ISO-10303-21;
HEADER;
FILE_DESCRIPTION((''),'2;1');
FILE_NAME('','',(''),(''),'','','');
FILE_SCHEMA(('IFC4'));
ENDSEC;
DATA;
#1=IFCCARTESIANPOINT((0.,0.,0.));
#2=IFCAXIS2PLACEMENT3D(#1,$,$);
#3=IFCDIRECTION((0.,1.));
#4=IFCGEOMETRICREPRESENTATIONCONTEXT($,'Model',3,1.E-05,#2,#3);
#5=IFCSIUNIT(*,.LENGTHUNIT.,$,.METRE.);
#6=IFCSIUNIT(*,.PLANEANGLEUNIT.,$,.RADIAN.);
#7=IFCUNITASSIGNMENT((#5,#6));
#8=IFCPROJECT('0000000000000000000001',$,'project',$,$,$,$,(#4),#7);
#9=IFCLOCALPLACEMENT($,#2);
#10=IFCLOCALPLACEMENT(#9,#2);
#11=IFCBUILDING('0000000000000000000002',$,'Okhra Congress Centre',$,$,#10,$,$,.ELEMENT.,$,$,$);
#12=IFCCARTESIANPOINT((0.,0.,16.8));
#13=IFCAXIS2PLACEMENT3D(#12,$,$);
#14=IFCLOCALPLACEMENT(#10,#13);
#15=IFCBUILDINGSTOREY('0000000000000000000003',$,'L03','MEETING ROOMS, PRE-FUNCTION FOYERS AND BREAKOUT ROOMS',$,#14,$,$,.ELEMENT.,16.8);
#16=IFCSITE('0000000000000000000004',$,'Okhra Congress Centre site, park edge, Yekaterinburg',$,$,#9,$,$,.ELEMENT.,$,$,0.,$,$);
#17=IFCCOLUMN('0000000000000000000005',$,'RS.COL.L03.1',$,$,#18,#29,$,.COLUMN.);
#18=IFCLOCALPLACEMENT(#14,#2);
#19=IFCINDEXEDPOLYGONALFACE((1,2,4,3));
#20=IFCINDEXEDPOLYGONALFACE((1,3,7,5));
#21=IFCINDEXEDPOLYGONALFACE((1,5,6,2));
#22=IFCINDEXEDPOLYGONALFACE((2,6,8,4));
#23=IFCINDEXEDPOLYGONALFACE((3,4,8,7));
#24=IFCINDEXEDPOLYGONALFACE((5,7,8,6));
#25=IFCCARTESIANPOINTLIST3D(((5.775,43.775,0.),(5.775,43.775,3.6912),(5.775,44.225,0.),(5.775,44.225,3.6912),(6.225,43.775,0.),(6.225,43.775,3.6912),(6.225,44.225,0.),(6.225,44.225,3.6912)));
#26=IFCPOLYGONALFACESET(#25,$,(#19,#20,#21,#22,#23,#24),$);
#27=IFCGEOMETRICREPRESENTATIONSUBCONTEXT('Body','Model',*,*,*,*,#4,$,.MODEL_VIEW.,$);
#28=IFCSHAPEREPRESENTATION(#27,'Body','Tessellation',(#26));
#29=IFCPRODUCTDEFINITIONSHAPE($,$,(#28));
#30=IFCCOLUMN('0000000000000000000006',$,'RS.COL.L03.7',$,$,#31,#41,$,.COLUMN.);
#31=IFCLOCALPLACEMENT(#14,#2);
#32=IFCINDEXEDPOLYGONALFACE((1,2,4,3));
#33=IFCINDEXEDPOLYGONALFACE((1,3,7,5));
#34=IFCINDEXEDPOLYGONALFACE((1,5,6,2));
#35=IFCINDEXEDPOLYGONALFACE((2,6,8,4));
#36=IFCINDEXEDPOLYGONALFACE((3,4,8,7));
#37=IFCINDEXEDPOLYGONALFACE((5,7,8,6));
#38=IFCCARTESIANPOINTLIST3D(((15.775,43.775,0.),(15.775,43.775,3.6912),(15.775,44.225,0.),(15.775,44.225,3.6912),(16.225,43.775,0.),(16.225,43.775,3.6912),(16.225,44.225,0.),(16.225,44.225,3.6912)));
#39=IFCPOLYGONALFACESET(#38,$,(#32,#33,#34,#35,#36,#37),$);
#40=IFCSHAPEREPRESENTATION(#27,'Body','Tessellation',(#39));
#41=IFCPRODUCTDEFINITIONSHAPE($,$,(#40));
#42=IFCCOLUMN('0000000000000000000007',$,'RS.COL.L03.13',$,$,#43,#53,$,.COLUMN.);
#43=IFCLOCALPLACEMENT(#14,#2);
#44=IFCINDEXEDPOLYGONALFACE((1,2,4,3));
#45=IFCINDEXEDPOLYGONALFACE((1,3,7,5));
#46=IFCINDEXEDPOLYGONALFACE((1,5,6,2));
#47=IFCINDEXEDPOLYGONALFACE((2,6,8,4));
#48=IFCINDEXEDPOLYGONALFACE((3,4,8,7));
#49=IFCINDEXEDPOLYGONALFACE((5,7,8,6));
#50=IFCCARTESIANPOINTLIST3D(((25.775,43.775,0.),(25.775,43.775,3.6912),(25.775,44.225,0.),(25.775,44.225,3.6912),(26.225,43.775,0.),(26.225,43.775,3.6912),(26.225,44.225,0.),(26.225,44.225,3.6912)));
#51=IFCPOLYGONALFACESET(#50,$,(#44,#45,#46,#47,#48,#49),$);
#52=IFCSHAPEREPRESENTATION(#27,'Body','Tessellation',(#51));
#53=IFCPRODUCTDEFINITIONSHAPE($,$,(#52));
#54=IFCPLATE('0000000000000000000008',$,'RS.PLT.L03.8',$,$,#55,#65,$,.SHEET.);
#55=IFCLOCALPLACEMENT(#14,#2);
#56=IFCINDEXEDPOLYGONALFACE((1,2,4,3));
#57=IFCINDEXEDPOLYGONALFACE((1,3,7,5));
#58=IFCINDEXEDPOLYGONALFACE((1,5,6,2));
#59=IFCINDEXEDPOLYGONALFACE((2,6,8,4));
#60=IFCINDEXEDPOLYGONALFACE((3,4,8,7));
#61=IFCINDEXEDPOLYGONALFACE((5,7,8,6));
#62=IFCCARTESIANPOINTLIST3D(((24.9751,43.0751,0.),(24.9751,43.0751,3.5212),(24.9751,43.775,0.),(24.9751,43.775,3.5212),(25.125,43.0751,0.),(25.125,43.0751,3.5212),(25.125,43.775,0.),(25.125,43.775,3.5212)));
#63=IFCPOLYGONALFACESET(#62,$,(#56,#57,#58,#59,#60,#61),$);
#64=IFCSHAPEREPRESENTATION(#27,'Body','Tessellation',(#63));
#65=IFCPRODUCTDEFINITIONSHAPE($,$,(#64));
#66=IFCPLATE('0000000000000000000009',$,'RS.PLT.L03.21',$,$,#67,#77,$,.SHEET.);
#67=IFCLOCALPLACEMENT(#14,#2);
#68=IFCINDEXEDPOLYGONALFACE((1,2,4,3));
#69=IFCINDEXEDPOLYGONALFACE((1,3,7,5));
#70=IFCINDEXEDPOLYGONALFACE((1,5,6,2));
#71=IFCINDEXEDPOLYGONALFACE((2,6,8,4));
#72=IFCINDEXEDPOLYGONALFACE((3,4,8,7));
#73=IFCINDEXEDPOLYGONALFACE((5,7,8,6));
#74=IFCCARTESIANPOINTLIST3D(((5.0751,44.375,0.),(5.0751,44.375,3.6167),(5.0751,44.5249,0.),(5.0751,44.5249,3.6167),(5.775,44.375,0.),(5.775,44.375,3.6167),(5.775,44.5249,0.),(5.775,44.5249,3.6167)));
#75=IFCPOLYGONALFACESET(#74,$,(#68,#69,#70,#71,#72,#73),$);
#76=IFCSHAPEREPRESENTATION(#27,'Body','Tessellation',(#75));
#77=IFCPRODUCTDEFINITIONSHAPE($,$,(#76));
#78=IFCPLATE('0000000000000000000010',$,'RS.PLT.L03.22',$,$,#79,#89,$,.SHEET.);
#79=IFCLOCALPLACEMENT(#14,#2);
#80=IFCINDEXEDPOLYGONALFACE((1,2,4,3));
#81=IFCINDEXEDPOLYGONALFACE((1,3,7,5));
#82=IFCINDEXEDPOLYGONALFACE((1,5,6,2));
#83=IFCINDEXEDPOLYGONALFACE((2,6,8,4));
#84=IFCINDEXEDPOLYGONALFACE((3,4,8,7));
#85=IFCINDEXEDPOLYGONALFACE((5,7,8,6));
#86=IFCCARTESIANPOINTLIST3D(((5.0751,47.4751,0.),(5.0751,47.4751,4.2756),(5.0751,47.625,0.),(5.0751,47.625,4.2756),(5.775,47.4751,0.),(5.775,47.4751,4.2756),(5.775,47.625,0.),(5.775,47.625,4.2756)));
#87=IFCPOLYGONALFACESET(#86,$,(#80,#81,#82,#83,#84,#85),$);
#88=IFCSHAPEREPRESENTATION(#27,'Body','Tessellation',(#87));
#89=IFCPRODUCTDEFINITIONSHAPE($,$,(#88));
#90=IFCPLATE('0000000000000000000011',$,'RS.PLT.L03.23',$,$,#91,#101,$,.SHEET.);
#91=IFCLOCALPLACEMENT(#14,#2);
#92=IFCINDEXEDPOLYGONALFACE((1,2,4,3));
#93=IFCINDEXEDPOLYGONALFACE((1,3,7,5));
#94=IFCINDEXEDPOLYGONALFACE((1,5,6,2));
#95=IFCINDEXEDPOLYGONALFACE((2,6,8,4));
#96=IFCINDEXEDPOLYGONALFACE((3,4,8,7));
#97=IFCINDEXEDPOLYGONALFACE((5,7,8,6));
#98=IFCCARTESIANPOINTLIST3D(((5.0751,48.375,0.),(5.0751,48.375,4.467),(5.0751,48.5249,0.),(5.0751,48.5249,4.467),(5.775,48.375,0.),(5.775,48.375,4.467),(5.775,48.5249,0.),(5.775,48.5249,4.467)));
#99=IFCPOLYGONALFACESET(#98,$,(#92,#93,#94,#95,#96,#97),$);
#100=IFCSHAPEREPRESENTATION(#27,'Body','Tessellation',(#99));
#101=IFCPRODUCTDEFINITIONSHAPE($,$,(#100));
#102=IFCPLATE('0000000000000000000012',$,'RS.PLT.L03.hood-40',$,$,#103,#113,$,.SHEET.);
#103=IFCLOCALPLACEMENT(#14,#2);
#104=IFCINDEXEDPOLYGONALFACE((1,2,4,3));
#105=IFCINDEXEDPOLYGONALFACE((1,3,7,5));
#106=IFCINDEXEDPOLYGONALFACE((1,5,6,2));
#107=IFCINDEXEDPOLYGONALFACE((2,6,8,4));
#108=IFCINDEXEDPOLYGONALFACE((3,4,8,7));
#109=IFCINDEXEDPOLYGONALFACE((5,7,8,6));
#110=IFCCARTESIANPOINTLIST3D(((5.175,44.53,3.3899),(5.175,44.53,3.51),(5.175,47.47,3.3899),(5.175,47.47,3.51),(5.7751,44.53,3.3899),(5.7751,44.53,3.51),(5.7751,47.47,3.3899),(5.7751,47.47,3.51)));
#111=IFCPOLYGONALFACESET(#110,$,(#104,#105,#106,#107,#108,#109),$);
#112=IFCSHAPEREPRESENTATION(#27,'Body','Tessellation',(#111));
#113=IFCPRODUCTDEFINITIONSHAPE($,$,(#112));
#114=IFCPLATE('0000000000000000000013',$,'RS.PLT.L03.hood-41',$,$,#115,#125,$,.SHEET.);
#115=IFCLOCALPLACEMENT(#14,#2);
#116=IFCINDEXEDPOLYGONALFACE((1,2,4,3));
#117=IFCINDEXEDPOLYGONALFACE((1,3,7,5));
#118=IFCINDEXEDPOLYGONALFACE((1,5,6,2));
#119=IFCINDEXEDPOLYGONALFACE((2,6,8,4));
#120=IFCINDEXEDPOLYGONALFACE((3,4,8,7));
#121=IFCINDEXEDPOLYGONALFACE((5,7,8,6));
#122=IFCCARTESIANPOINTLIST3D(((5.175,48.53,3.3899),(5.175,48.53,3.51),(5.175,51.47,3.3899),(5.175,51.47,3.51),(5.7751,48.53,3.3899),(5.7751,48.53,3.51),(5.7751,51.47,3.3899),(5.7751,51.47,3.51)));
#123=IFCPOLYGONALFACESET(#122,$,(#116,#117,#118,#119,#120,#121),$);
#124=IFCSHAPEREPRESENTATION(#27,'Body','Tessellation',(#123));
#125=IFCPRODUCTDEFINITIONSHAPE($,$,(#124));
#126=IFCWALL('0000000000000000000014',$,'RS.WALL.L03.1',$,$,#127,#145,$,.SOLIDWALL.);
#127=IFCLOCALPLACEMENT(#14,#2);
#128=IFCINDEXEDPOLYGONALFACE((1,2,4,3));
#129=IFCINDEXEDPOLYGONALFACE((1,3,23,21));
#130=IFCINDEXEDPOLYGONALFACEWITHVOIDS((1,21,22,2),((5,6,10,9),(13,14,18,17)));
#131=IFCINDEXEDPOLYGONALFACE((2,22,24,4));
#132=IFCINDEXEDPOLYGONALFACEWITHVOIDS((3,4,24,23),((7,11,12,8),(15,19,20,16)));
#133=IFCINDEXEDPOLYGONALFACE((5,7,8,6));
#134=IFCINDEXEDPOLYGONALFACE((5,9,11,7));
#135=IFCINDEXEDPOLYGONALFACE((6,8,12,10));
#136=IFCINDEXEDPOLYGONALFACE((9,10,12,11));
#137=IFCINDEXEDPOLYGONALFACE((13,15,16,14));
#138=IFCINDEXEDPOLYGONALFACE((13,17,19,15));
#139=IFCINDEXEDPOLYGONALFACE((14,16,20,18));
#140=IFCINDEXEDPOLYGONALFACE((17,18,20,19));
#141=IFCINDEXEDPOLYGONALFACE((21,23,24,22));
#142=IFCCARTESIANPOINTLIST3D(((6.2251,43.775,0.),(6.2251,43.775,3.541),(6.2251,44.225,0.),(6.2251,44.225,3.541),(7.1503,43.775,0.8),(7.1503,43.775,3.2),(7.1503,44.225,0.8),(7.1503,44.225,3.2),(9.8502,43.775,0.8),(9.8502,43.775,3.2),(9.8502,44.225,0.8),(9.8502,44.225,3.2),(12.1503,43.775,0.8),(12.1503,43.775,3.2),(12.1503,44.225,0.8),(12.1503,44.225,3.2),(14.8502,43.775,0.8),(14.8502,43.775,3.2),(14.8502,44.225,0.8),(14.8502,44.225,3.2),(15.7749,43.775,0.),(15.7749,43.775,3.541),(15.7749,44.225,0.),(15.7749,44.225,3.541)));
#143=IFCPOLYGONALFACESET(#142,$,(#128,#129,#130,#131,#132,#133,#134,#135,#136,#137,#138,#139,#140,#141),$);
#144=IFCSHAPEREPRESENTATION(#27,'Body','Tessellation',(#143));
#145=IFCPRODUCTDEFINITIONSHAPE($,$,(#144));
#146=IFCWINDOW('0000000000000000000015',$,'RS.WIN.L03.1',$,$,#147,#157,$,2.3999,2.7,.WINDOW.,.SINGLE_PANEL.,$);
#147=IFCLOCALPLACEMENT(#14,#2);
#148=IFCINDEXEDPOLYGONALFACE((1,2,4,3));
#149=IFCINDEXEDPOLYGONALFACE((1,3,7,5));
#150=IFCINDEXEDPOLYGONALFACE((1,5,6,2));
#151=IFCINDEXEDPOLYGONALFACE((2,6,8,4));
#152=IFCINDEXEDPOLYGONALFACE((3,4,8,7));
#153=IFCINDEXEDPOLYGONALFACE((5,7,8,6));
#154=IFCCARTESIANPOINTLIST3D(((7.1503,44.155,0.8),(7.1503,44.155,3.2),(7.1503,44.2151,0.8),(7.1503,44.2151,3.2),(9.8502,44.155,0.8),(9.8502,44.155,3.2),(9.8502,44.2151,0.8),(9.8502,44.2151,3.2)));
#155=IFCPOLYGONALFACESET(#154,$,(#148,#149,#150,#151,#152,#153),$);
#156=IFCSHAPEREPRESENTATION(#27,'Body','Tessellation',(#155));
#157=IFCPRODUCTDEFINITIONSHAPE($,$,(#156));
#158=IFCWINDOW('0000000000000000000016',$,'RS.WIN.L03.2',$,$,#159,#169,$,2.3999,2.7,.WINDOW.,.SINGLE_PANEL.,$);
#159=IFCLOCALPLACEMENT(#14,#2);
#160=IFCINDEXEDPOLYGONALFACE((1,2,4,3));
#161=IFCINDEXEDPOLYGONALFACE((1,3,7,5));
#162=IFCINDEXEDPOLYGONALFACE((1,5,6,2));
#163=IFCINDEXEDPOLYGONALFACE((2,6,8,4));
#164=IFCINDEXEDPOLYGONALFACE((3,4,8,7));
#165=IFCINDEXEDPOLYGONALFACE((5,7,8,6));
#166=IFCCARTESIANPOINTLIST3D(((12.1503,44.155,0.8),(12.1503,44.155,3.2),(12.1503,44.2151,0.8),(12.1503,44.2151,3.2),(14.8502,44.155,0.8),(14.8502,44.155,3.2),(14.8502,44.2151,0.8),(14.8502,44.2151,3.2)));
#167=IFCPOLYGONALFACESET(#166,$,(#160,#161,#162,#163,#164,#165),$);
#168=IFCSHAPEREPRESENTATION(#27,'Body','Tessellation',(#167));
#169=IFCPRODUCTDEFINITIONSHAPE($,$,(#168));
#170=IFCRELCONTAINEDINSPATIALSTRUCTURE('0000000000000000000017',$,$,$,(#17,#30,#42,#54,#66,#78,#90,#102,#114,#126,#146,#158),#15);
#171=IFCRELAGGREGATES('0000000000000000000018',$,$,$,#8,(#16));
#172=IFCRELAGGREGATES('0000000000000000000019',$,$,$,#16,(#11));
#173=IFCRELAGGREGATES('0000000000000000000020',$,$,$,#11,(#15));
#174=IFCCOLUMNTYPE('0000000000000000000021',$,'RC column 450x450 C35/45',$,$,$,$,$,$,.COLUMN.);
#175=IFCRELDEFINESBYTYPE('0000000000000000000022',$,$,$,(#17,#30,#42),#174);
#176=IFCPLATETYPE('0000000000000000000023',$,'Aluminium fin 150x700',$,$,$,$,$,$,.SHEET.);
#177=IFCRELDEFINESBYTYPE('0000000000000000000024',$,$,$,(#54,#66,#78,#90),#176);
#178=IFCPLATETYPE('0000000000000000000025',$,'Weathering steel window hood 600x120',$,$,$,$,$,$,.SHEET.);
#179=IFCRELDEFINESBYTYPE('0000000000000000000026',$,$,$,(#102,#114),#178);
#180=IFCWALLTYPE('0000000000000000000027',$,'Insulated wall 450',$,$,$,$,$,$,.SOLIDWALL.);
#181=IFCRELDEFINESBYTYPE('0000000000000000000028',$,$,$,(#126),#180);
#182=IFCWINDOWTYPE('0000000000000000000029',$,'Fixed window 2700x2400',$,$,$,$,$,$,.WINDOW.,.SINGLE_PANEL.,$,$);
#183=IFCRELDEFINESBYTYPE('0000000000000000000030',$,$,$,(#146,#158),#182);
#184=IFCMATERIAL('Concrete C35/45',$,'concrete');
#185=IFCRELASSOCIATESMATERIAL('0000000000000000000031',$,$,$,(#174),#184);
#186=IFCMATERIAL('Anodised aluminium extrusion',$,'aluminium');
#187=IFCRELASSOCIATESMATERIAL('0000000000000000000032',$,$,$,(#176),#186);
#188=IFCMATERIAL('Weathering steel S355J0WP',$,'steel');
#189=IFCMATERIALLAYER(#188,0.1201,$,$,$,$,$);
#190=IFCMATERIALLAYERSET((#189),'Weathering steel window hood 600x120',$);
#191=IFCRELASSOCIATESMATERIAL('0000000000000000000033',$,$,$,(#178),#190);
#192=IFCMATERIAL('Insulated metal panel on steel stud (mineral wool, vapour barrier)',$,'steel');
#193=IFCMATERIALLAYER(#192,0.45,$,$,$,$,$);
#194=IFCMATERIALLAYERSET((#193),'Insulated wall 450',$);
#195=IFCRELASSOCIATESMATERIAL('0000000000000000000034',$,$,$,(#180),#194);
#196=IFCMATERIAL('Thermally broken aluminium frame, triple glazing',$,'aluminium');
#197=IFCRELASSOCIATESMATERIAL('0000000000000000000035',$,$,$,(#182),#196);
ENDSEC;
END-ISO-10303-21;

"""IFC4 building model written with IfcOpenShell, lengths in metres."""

from ifc_helpers import new_model, si_unit, direction, frame, frame_2d, origin, origin_2d, place, context, subcontext, project, spatial, rectangle, extrude, material, layer, layer_set, material_profile, profile_set, type_object, element, fill, save


model = new_model("IFC4")

# Units and contexts
model_context = context("Model", 3, precision=1e-05, world=origin(), true_north=direction((0.0, 1.0)))
body_context = subcontext(model_context, "Body", "Model", "MODEL_VIEW")
ifc_project = project(units=[si_unit("LENGTHUNIT", "METRE"), si_unit("PLANEANGLEUNIT", "RADIAN")], contexts=[model_context])

# Site, building, storey
site_placement = place(None, origin())
site = spatial("IfcSite", under=ifc_project, at=site_placement, Name="Okhra Congress Centre site, park edge, Yekaterinburg", CompositionType="ELEMENT", RefElevation=0.0)
building_placement = place(site_placement, origin())
building = spatial("IfcBuilding", under=site, at=building_placement, Name="Okhra Congress Centre", CompositionType="ELEMENT")
storey_placement = place(building_placement, frame((0.0, 0.0, 16.8)))
storey = spatial("IfcBuildingStorey", under=building, at=storey_placement, Name="L03", Description="MEETING ROOMS, PRE-FUNCTION FOYERS AND BREAKOUT ROOMS", CompositionType="ELEMENT", Elevation=16.8)

# Columns
ifc_material_1 = material(Name="Concrete C35/45", Category="concrete")
ifc_material_profile = material_profile(ifc_material_1, rectangle(XDim=0.45, YDim=0.45, at=origin_2d()), Name="RC 450x450")
ifc_profile_set = profile_set([ifc_material_profile], Name="Concrete C35/45")
column_type = type_object("IfcColumnType", Name="RC column 450x450 C35/45", PredefinedType="COLUMN", material=ifc_profile_set)
for number, where, z_axis, x_axis, name in (
    (1, (6.0, 44.0, 0.0), (0.0, 0.0, 1.0), (1.0, 0.0, 0.0), "RS.COL.L03.1"),
    (2, (16.0, 44.0, 0.0), (0.0, 0.0, 1.0), (1.0, 0.0, 0.0), "RS.COL.L03.7"),
    (3, (26.0, 44.0, 0.0), (0.0, 0.0, 1.0), (1.0, 0.0, 0.0), "RS.COL.L03.13"),
):
    element("IfcColumn", number, at=place(storey_placement, frame(where, z_axis=z_axis, x_axis=x_axis)), inside=storey, type_object=column_type, Name=name, PredefinedType="COLUMN", context=body_context, shape_type="SweptSolid", body=[
        extrude(rectangle(XDim=0.45, YDim=0.45, at=origin_2d()), origin(), (0.0, 0.0, 1.0), 3.6912),
    ])

# Plates
ifc_material_2 = material(Name="Anodised aluminium extrusion", Category="aluminium")
plate_type_1 = type_object("IfcPlateType", Name="Aluminium fin 150x700", PredefinedType="SHEET", material=ifc_material_2)
plate_1_placement = place(storey_placement, frame((25.05, 43.425, 0.0), z_axis=(0.0, 0.0, 1.0), x_axis=(1.0, 0.0, 0.0)))
element("IfcPlate", 4, at=plate_1_placement, inside=storey, type_object=plate_type_1, Name="RS.PLT.L03.8", PredefinedType="SHEET", context=body_context, shape_type="SweptSolid", body=[
    extrude(rectangle(XDim=0.1499, YDim=0.7, at=origin_2d()), origin(), (0.0, 0.0, 1.0), 3.5212),
])
plate_2_placement = place(storey_placement, frame((5.425, 44.45, 0.0), z_axis=(0.0, 0.0, 1.0), x_axis=(0.0, -1.0, 0.0)))
element("IfcPlate", 5, at=plate_2_placement, inside=storey, type_object=plate_type_1, Name="RS.PLT.L03.21", PredefinedType="SHEET", context=body_context, shape_type="SweptSolid", body=[
    extrude(rectangle(XDim=0.1499, YDim=0.7, at=origin_2d()), origin(), (0.0, 0.0, 1.0), 3.6167),
])
plate_3_placement = place(storey_placement, frame((5.425, 47.55, 0.0), z_axis=(0.0, 0.0, 1.0), x_axis=(0.0, -1.0, 0.0)))
element("IfcPlate", 6, at=plate_3_placement, inside=storey, type_object=plate_type_1, Name="RS.PLT.L03.22", PredefinedType="SHEET", context=body_context, shape_type="SweptSolid", body=[
    extrude(rectangle(XDim=0.1499, YDim=0.7, at=origin_2d()), origin(), (0.0, 0.0, 1.0), 4.2756),
])
plate_4_placement = place(storey_placement, frame((5.425, 48.45, 0.0), z_axis=(0.0, 0.0, 1.0), x_axis=(0.0, -1.0, 0.0)))
element("IfcPlate", 7, at=plate_4_placement, inside=storey, type_object=plate_type_1, Name="RS.PLT.L03.23", PredefinedType="SHEET", context=body_context, shape_type="SweptSolid", body=[
    extrude(rectangle(XDim=0.1499, YDim=0.7, at=origin_2d()), origin(), (0.0, 0.0, 1.0), 4.467),
])
ifc_material_3 = material(Name="Weathering steel S355J0WP", Category="steel")
ifc_layer_1 = layer(ifc_material_3, 0.1201)
ifc_layer_set_1 = layer_set([ifc_layer_1], Name="Weathering steel window hood 600x120")
plate_type_2 = type_object("IfcPlateType", Name="Weathering steel window hood 600x120", PredefinedType="SHEET", material=ifc_layer_set_1)
for number, where, z_axis, x_axis, name in (
    (8, (5.4751, 46.0, 3.3899), (0.0, 0.0, 1.0), (0.0, -1.0, 0.0), "RS.PLT.L03.hood-40"),
    (9, (5.4751, 50.0, 3.3899), (0.0, 0.0, 1.0), (0.0, -1.0, 0.0), "RS.PLT.L03.hood-41"),
):
    element("IfcPlate", number, at=place(storey_placement, frame(where, z_axis=z_axis, x_axis=x_axis)), inside=storey, type_object=plate_type_2, Name=name, PredefinedType="SHEET", context=body_context, shape_type="SweptSolid", body=[
        extrude(rectangle(XDim=2.9399, YDim=0.6001, at=origin_2d()), origin(), (0.0, 0.0, 1.0), 0.1201),
    ])

# Wall, openings, windows
ifc_material_4 = material(Name="Insulated metal panel on steel stud (mineral wool, vapour barrier)", Category="steel")
ifc_layer_2 = layer(ifc_material_4, 0.45)
ifc_layer_set_2 = layer_set([ifc_layer_2], Name="Insulated wall 450")
wall_type_1 = type_object("IfcWallType", Name="Insulated wall 450", PredefinedType="SOLIDWALL", material=ifc_layer_set_2)
wall_1_placement = place(storey_placement, frame((6.2251, 44.0, 0.0), z_axis=(0.0, 0.0, 1.0), x_axis=(1.0, 0.0, 0.0)))
wall_1 = element("IfcWall", 10, at=wall_1_placement, inside=storey, type_object=wall_type_1, Name="RS.WALL.L03.1", PredefinedType="SOLIDWALL", context=body_context, shape_type="SweptSolid", body=[
    extrude(rectangle(XDim=9.5498, YDim=0.45, at=frame_2d((4.7749, 0.0))), origin(), (0.0, 0.0, 1.0), 3.541),
])
opening_1_placement = place(wall_1_placement, frame((0.925, 0.0, 0.8)))
opening_1 = element("IfcOpeningElement", 11, at=opening_1_placement, cuts=wall_1, PredefinedType="OPENING", context=body_context, shape_type="SweptSolid", body=[
    extrude(rectangle(XDim=2.7, YDim=2.3999, at=frame_2d((1.3501, 1.2))), frame((0.0, 0.2349, 0.0), z_axis=(0.0, -1.0, 0.0), x_axis=(1.0, 0.0, 0.0)), (0.0, 0.0, 1.0), 0.47),
])
opening_2_placement = place(wall_1_placement, frame((5.925, 0.0, 0.8)))
opening_2 = element("IfcOpeningElement", 12, at=opening_2_placement, cuts=wall_1, PredefinedType="OPENING", context=body_context, shape_type="SweptSolid", body=[
    extrude(rectangle(XDim=2.7, YDim=2.3999, at=frame_2d((1.3501, 1.2))), frame((0.0, 0.2349, 0.0), z_axis=(0.0, -1.0, 0.0), x_axis=(1.0, 0.0, 0.0)), (0.0, 0.0, 1.0), 0.47),
])
ifc_material_5 = material(Name="Thermally broken aluminium frame, triple glazing", Category="aluminium")
window_type = type_object("IfcWindowType", Name="Fixed window 2700x2400", PartitioningType="SINGLE_PANEL", PredefinedType="WINDOW", material=ifc_material_5)
window_1_placement = place(opening_1_placement, origin())
window_1 = element("IfcWindow", 13, at=window_1_placement, inside=storey, type_object=window_type, Name="RS.WIN.L03.1", OverallHeight=2.3999, OverallWidth=2.7, PartitioningType="SINGLE_PANEL", PredefinedType="WINDOW", context=body_context, shape_type="SweptSolid", body=[
    extrude(rectangle(XDim=2.7, YDim=2.3999, at=frame_2d((1.3501, 1.2))), frame((0.0, 0.2151, 0.0), z_axis=(0.0, -1.0, 0.0), x_axis=(1.0, 0.0, 0.0)), (0.0, 0.0, 1.0), 0.0601),
])
fill(opening_1, window_1)
window_2_placement = place(opening_2_placement, origin())
window_2 = element("IfcWindow", 14, at=window_2_placement, inside=storey, type_object=window_type, Name="RS.WIN.L03.2", OverallHeight=2.3999, OverallWidth=2.7, PartitioningType="SINGLE_PANEL", PredefinedType="WINDOW", context=body_context, shape_type="SweptSolid", body=[
    extrude(rectangle(XDim=2.7, YDim=2.3999, at=frame_2d((1.3501, 1.2))), frame((0.0, 0.2151, 0.0), z_axis=(0.0, -1.0, 0.0), x_axis=(1.0, 0.0, 0.0)), (0.0, 0.0, 1.0), 0.0601),
])
fill(opening_2, window_2)

save(model, "model.ifc")
